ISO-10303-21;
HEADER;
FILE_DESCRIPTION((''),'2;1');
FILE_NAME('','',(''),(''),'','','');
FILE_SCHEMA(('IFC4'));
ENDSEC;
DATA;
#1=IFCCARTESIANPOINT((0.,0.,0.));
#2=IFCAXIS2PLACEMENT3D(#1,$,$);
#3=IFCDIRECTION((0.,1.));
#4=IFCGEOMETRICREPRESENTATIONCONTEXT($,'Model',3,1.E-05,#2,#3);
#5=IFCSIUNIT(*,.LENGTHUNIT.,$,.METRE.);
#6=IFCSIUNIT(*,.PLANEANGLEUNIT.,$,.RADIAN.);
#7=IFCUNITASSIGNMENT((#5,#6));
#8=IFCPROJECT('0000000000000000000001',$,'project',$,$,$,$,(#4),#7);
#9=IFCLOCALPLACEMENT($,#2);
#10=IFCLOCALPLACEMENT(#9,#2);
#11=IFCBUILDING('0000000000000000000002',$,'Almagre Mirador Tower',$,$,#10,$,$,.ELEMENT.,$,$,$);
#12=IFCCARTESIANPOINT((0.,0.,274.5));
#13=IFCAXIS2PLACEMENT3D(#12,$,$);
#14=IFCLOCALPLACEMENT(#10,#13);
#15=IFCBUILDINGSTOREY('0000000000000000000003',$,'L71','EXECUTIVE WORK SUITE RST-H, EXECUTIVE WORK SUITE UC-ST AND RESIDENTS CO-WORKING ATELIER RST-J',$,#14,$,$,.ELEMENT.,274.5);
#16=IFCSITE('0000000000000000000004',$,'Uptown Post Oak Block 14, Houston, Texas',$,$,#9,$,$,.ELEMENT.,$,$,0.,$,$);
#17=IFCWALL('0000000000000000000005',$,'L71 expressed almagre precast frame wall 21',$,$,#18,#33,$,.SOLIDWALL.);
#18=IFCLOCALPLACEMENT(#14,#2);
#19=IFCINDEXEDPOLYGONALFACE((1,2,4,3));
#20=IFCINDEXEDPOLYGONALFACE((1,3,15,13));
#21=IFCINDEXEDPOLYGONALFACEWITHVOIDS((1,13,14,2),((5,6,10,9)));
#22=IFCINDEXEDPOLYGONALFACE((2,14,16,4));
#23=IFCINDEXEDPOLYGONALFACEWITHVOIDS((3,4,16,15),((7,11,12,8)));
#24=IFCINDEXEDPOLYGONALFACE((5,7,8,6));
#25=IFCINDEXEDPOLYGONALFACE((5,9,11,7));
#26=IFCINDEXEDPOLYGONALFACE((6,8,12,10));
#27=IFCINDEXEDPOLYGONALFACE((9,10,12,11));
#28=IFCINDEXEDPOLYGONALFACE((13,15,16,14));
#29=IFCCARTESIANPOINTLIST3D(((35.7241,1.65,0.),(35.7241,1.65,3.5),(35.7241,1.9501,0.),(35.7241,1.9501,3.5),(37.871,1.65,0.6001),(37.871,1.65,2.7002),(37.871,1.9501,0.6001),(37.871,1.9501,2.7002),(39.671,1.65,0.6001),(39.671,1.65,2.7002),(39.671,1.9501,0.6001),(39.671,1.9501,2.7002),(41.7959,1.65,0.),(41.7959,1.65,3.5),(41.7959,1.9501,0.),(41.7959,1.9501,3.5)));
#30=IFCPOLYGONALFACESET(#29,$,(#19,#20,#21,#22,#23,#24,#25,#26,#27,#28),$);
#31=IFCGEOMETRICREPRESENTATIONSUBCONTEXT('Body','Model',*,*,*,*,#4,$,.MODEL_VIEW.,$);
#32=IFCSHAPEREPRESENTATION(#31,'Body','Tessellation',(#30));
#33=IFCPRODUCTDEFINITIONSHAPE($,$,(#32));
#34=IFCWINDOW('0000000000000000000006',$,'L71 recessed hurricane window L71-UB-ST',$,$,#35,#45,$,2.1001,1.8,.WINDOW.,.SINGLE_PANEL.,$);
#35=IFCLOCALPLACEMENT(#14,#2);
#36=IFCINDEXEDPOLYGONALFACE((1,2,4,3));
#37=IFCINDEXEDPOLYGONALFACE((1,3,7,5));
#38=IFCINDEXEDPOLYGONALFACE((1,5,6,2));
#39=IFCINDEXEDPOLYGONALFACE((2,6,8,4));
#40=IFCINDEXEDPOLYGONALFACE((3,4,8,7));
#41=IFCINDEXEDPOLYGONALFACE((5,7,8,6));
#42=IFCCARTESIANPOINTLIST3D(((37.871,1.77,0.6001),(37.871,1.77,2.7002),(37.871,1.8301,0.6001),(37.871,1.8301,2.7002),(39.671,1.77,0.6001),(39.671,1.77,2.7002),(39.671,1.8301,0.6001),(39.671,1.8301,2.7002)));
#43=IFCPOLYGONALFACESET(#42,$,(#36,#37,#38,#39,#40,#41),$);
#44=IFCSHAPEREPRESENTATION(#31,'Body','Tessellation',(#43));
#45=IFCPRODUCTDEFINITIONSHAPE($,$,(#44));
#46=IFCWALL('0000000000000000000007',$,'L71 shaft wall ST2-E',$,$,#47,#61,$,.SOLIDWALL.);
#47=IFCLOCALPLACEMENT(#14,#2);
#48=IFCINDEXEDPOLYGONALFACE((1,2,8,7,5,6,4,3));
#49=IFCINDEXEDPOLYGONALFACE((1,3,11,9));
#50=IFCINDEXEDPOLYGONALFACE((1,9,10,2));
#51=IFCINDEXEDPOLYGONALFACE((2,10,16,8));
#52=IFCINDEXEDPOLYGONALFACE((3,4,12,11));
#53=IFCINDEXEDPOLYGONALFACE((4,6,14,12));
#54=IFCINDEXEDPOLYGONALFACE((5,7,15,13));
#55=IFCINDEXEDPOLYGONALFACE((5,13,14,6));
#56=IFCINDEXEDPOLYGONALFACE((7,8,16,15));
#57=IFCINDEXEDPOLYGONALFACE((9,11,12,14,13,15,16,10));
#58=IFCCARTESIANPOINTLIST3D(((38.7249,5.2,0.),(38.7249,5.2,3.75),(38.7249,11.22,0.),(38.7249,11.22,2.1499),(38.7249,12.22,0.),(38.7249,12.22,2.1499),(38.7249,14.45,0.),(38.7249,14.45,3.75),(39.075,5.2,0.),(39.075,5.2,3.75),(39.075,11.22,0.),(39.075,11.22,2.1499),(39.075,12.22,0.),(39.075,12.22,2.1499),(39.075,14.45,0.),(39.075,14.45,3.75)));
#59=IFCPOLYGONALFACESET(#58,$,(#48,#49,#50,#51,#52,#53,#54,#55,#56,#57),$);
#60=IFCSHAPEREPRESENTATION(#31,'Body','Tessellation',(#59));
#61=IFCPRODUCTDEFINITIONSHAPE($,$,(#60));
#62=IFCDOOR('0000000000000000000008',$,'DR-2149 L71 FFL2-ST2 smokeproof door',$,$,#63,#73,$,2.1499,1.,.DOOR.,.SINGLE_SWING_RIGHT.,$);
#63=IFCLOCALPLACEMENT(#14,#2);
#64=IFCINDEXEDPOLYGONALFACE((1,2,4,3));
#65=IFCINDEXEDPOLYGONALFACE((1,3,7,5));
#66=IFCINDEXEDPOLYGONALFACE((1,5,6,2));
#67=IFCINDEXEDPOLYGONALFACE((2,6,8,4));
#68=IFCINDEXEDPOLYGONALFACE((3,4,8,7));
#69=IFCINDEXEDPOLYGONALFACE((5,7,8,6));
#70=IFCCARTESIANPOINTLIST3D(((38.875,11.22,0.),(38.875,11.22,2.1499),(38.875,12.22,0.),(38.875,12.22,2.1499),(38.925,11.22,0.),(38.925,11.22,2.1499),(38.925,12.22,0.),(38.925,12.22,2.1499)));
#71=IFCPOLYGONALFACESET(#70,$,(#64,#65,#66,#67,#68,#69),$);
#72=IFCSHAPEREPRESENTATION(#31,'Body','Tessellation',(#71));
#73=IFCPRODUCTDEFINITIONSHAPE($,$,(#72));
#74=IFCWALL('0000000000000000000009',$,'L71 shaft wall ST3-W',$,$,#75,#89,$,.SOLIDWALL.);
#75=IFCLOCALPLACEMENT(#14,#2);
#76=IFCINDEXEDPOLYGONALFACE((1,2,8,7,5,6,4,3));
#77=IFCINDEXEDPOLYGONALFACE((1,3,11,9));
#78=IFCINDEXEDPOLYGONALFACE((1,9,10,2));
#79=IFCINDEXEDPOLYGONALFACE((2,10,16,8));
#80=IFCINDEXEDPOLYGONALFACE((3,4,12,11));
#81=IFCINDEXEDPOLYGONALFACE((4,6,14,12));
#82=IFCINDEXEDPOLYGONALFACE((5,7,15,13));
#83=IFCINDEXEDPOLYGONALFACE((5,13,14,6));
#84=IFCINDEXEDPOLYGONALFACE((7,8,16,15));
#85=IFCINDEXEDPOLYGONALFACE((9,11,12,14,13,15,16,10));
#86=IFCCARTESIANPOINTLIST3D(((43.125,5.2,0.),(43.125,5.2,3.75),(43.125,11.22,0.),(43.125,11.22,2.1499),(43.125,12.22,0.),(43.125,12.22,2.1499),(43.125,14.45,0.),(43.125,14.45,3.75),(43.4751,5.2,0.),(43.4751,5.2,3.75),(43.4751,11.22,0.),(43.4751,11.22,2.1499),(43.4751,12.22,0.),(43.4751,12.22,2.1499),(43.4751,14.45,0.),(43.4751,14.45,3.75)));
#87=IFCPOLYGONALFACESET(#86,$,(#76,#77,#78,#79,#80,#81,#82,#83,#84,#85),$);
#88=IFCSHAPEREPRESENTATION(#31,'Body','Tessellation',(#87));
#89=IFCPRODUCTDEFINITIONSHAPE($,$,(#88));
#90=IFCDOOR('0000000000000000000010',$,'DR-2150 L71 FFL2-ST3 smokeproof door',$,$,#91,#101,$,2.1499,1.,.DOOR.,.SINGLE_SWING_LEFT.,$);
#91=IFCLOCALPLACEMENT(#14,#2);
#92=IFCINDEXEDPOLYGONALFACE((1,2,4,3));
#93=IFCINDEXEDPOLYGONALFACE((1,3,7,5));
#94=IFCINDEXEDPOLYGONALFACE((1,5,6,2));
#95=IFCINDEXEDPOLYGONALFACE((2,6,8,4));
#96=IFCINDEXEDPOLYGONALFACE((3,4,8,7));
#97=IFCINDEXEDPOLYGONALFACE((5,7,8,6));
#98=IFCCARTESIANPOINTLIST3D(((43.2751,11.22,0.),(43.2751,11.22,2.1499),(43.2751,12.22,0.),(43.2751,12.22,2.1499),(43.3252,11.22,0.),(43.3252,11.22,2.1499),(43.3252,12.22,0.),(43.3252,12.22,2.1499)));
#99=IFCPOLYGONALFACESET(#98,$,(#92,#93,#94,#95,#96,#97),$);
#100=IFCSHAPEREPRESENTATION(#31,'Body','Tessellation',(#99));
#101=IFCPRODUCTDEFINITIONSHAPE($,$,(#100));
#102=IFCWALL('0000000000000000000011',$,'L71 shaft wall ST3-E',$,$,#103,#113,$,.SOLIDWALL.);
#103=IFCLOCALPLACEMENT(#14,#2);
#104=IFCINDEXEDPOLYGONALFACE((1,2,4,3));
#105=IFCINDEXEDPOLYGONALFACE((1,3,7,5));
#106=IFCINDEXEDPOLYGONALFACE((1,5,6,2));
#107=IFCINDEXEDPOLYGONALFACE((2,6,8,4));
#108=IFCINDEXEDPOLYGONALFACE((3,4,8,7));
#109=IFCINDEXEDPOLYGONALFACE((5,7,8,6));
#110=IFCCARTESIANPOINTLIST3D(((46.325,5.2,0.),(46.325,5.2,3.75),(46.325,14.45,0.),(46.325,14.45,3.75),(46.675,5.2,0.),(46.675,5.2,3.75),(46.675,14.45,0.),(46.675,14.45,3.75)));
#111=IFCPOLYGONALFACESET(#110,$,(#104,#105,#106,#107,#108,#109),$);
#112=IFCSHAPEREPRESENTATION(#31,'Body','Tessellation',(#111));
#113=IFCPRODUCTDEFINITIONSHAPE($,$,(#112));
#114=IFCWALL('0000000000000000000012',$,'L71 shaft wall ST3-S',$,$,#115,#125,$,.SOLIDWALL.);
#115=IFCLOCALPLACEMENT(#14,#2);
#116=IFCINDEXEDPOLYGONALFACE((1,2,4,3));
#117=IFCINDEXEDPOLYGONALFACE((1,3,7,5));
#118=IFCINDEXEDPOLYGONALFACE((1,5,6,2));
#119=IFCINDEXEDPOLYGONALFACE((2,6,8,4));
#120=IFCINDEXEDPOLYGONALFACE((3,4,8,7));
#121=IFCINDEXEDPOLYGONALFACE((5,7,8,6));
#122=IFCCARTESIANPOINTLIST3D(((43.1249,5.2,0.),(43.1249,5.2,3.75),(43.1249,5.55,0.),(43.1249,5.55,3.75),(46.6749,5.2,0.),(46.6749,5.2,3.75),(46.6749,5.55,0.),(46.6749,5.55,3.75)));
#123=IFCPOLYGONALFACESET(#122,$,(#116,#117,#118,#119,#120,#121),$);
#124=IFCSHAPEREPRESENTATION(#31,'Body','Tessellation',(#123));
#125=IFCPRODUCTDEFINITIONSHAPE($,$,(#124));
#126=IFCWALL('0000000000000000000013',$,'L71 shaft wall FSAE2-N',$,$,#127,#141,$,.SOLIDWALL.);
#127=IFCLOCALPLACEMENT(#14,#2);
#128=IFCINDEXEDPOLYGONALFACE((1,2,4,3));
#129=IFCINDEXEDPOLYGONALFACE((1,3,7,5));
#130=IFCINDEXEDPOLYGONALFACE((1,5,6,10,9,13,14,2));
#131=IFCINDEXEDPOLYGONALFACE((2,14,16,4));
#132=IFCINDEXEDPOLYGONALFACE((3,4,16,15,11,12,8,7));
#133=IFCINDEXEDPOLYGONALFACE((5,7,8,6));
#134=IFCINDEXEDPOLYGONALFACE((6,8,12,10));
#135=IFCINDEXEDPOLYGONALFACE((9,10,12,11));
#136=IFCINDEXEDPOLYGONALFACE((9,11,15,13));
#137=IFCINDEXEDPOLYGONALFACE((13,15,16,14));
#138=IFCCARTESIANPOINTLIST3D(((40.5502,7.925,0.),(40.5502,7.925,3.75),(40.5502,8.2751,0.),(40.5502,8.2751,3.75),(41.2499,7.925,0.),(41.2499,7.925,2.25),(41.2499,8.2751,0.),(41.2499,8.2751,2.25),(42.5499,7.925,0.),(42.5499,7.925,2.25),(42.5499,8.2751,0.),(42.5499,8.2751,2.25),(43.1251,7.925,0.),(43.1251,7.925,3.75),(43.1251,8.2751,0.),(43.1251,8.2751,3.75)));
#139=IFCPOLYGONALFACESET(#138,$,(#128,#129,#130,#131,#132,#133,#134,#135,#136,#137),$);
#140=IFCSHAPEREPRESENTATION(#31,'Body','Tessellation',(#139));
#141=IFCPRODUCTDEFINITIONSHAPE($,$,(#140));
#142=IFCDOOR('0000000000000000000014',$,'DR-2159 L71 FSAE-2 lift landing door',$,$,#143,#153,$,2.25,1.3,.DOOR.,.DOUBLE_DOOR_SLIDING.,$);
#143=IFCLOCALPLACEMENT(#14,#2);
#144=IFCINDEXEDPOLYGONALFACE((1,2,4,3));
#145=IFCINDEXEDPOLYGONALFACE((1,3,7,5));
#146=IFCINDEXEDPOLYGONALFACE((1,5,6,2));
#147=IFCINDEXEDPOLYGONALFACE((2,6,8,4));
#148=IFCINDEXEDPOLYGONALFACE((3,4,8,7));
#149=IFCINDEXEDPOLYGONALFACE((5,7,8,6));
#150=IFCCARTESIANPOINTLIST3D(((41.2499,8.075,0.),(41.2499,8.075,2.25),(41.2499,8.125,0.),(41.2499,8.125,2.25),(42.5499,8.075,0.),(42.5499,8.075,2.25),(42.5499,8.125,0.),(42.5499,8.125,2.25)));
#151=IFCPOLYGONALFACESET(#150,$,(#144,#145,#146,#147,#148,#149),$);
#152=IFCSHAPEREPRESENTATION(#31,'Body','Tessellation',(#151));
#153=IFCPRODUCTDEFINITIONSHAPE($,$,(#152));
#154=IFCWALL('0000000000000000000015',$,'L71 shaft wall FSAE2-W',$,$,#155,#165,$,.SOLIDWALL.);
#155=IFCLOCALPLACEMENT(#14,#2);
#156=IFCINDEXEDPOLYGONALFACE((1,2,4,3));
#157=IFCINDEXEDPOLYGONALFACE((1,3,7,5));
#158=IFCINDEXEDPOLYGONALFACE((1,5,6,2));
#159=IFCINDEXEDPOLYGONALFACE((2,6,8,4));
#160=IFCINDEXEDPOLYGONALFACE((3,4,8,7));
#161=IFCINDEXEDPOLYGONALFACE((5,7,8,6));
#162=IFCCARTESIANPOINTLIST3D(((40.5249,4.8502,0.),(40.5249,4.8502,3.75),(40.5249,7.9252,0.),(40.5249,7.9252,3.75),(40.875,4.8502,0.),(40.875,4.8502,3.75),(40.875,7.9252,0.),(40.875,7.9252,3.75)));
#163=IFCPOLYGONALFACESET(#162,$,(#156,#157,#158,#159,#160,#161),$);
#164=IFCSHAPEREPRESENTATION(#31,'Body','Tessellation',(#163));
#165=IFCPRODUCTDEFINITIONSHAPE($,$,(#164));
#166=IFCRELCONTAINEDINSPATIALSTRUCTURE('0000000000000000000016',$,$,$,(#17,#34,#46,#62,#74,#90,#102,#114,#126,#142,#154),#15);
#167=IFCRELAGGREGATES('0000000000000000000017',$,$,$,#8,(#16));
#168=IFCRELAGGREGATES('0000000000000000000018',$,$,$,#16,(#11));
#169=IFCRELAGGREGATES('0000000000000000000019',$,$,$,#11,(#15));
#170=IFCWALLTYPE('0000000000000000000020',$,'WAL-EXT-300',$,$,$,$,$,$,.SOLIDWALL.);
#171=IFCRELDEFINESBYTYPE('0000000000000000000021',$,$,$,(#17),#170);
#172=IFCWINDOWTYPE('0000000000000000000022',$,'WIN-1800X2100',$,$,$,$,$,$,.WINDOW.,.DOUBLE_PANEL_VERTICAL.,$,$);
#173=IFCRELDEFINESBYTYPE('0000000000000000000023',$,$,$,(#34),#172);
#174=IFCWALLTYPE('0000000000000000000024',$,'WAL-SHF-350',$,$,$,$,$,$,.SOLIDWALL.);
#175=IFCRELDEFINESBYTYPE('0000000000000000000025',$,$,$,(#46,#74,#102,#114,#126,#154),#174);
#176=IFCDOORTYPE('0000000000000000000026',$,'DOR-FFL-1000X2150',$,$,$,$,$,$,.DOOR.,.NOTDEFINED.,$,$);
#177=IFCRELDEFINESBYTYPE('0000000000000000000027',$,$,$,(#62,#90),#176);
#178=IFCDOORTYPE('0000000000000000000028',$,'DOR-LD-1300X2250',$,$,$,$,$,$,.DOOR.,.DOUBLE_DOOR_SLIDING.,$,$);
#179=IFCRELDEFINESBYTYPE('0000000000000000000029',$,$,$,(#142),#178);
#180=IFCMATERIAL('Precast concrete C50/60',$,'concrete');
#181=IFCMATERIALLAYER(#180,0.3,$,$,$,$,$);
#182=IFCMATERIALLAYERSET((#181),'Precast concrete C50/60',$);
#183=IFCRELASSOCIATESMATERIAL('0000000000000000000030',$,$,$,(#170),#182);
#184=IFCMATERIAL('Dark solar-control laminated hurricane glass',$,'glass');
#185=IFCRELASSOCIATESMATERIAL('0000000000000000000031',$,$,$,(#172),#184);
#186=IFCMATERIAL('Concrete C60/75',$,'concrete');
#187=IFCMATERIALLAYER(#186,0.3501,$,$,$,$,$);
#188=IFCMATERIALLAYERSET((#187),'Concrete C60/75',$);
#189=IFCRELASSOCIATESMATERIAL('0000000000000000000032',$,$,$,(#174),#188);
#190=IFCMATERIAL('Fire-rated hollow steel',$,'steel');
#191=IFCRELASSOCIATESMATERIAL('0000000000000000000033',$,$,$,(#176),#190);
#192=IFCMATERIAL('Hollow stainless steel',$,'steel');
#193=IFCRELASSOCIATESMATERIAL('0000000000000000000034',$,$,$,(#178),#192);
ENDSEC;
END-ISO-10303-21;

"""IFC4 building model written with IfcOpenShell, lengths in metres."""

from ifc_helpers import new_model, si_unit, direction, frame, frame_2d, origin, place, context, subcontext, project, spatial, rectangle, extrude, material, layer, layer_set, type_object, element, fill, save


model = new_model("IFC4")

# Units and contexts
model_context = context("Model", 3, precision=1e-05, world=origin(), true_north=direction((0.0, 1.0)))
body_context = subcontext(model_context, "Body", "Model", "MODEL_VIEW")
ifc_project = project(units=[si_unit("LENGTHUNIT", "METRE"), si_unit("PLANEANGLEUNIT", "RADIAN")], contexts=[model_context])

# Site, building, storey
site_placement = place(None, origin())
site = spatial("IfcSite", under=ifc_project, at=site_placement, Name="Uptown Post Oak Block 14, Houston, Texas", CompositionType="ELEMENT", RefElevation=0.0)
building_placement = place(site_placement, origin())
building = spatial("IfcBuilding", under=site, at=building_placement, Name="Almagre Mirador Tower", CompositionType="ELEMENT")
storey_placement = place(building_placement, frame((0.0, 0.0, 274.5)))
storey = spatial("IfcBuildingStorey", under=building, at=storey_placement, Name="L71", Description="EXECUTIVE WORK SUITE RST-H, EXECUTIVE WORK SUITE UC-ST AND RESIDENTS CO-WORKING ATELIER RST-J", CompositionType="ELEMENT", Elevation=274.5)

# Wall, opening, window
ifc_material_1 = material(Name="Precast concrete C50/60", Category="concrete")
ifc_layer_1 = layer(ifc_material_1, 0.3)
ifc_layer_set_1 = layer_set([ifc_layer_1], Name="Precast concrete C50/60")
wall_type_1 = type_object("IfcWallType", Name="WAL-EXT-300", PredefinedType="SOLIDWALL", material=ifc_layer_set_1)
wall_1_placement = place(storey_placement, frame((41.7959, 1.8, 0.0), z_axis=(0.0, 0.0, 1.0), x_axis=(-1.0, 0.0, 0.0)))
wall_1 = element("IfcWall", 1, at=wall_1_placement, inside=storey, type_object=wall_type_1, Name="L71 expressed almagre precast frame wall 21", PredefinedType="SOLIDWALL", context=body_context, shape_type="SweptSolid", body=[
    extrude(rectangle(XDim=6.0718, YDim=0.3, at=frame_2d((3.0359, 0.0))), origin(), (0.0, 0.0, 1.0), 3.5),
])
opening_1_placement = place(wall_1_placement, frame((2.125, 0.0, 0.6001)))
opening_1 = element("IfcOpeningElement", 2, at=opening_1_placement, cuts=wall_1, PredefinedType="OPENING", context=body_context, shape_type="SweptSolid", body=[
    extrude(rectangle(XDim=1.8, YDim=2.1001, at=frame_2d((0.8999, 1.05))), frame((0.0, 0.1599, 0.0), z_axis=(0.0, -1.0, 0.0), x_axis=(1.0, 0.0, 0.0)), (0.0, 0.0, 1.0), 0.32),
])
ifc_material_2 = material(Name="Dark solar-control laminated hurricane glass", Category="glass")
window_type = type_object("IfcWindowType", Name="WIN-1800X2100", PartitioningType="DOUBLE_PANEL_VERTICAL", PredefinedType="WINDOW", material=ifc_material_2)
window_placement = place(opening_1_placement, origin())
window = element("IfcWindow", 3, at=window_placement, inside=storey, type_object=window_type, Name="L71 recessed hurricane window L71-UB-ST", OverallHeight=2.1001, OverallWidth=1.8, PartitioningType="SINGLE_PANEL", PredefinedType="WINDOW", context=body_context, shape_type="SweptSolid", body=[
    extrude(rectangle(XDim=1.8, YDim=2.1001, at=frame_2d((0.8999, 1.05))), frame((0.0, 0.03, 0.0), z_axis=(0.0, -1.0, 0.0), x_axis=(1.0, 0.0, 0.0)), (0.0, 0.0, 1.0), 0.0601),
])
fill(opening_1, window)

# Walls, openings, doors
ifc_material_3 = material(Name="Concrete C60/75", Category="concrete")
ifc_layer_2 = layer(ifc_material_3, 0.3501)
ifc_layer_set_2 = layer_set([ifc_layer_2], Name="Concrete C60/75")
wall_type_2 = type_object("IfcWallType", Name="WAL-SHF-350", PredefinedType="SOLIDWALL", material=ifc_layer_set_2)
wall_2_placement = place(storey_placement, frame((38.8999, 5.2, 0.0), z_axis=(0.0, 0.0, 1.0), x_axis=(0.0, 1.0, 0.0)))
wall_2 = element("IfcWall", 4, at=wall_2_placement, inside=storey, type_object=wall_type_2, Name="L71 shaft wall ST2-E", PredefinedType="SOLIDWALL", context=body_context, shape_type="SweptSolid", body=[
    extrude(rectangle(XDim=9.25, YDim=0.3501, at=frame_2d((4.625, 0.0))), origin(), (0.0, 0.0, 1.0), 3.75),
])
opening_2_placement = place(wall_2_placement, frame((6.02, 0.0, 0.0)))
opening_2 = element("IfcOpeningElement", 5, at=opening_2_placement, cuts=wall_2, PredefinedType="OPENING", context=body_context, shape_type="SweptSolid", body=[
    extrude(rectangle(XDim=1.0, YDim=2.1499, at=frame_2d((0.5, 1.075))), frame((0.0, 0.185, 0.0), z_axis=(0.0, -1.0, 0.0), x_axis=(1.0, 0.0, 0.0)), (0.0, 0.0, 1.0), 0.3701),
])
ifc_material_4 = material(Name="Fire-rated hollow steel", Category="steel")
door_type_1 = type_object("IfcDoorType", Name="DOR-FFL-1000X2150", OperationType="NOTDEFINED", PredefinedType="DOOR", material=ifc_material_4)
door_1_placement = place(opening_2_placement, origin())
door_1 = element("IfcDoor", 6, at=door_1_placement, inside=storey, type_object=door_type_1, Name="DR-2149 L71 FFL2-ST2 smokeproof door", OperationType="SINGLE_SWING_RIGHT", OverallHeight=2.1499, OverallWidth=1.0, PredefinedType="DOOR", context=body_context, shape_type="SweptSolid", body=[
    extrude(rectangle(XDim=1.0, YDim=2.1499, at=frame_2d((0.5, 1.075))), frame((0.0, 0.0249, 0.0), z_axis=(0.0, -1.0, 0.0), x_axis=(1.0, 0.0, 0.0)), (0.0, 0.0, 1.0), 0.05),
])
fill(opening_2, door_1)
wall_3_placement = place(storey_placement, frame((43.3, 5.2, 0.0), z_axis=(0.0, 0.0, 1.0), x_axis=(0.0, 1.0, 0.0)))
wall_3 = element("IfcWall", 7, at=wall_3_placement, inside=storey, type_object=wall_type_2, Name="L71 shaft wall ST3-W", PredefinedType="SOLIDWALL", context=body_context, shape_type="SweptSolid", body=[
    extrude(rectangle(XDim=9.25, YDim=0.3501, at=frame_2d((4.625, 0.0))), origin(), (0.0, 0.0, 1.0), 3.75),
])
opening_3_placement = place(wall_3_placement, frame((6.02, 0.0, 0.0)))
opening_3 = element("IfcOpeningElement", 8, at=opening_3_placement, cuts=wall_3, PredefinedType="OPENING", context=body_context, shape_type="SweptSolid", body=[
    extrude(rectangle(XDim=1.0, YDim=2.1499, at=frame_2d((0.5, 1.075))), frame((0.0, 0.185, 0.0), z_axis=(0.0, -1.0, 0.0), x_axis=(1.0, 0.0, 0.0)), (0.0, 0.0, 1.0), 0.3701),
])
door_2_placement = place(opening_3_placement, origin())
door_2 = element("IfcDoor", 9, at=door_2_placement, inside=storey, type_object=door_type_1, Name="DR-2150 L71 FFL2-ST3 smokeproof door", OperationType="SINGLE_SWING_LEFT", OverallHeight=2.1499, OverallWidth=1.0, PredefinedType="DOOR", context=body_context, shape_type="SweptSolid", body=[
    extrude(rectangle(XDim=1.0, YDim=2.1499, at=frame_2d((0.5, 1.075))), frame((0.0, 0.0249, 0.0), z_axis=(0.0, -1.0, 0.0), x_axis=(1.0, 0.0, 0.0)), (0.0, 0.0, 1.0), 0.05),
])
fill(opening_3, door_2)

# Walls
wall_4_placement = place(storey_placement, frame((46.5, 5.2, 0.0), z_axis=(0.0, 0.0, 1.0), x_axis=(0.0, 1.0, 0.0)))
element("IfcWall", 10, at=wall_4_placement, inside=storey, type_object=wall_type_2, Name="L71 shaft wall ST3-E", PredefinedType="SOLIDWALL", context=body_context, shape_type="SweptSolid", body=[
    extrude(rectangle(XDim=9.25, YDim=0.3501, at=frame_2d((4.625, 0.0))), origin(), (0.0, 0.0, 1.0), 3.75),
])
wall_5_placement = place(storey_placement, frame((43.125, 5.375, 0.0), z_axis=(0.0, 0.0, 1.0), x_axis=(1.0, 0.0, 0.0)))
element("IfcWall", 11, at=wall_5_placement, inside=storey, type_object=wall_type_2, Name="L71 shaft wall ST3-S", PredefinedType="SOLIDWALL", context=body_context, shape_type="SweptSolid", body=[
    extrude(rectangle(XDim=3.55, YDim=0.3501, at=frame_2d((1.7749, 0.0))), origin(), (0.0, 0.0, 1.0), 3.75),
])

# Wall, opening, door
wall_6_placement = place(storey_placement, frame((40.55, 8.1001, 0.0), z_axis=(0.0, 0.0, 1.0), x_axis=(1.0, 0.0, 0.0)))
wall_6 = element("IfcWall", 12, at=wall_6_placement, inside=storey, type_object=wall_type_2, Name="L71 shaft wall FSAE2-N", PredefinedType="SOLIDWALL", context=body_context, shape_type="SweptSolid", body=[
    extrude(rectangle(XDim=2.575, YDim=0.3501, at=frame_2d((1.2876, 0.0))), origin(), (0.0, 0.0, 1.0), 3.75),
])
opening_4_placement = place(wall_6_placement, frame((0.7, 0.0, 0.0)))
opening_4 = element("IfcOpeningElement", 13, at=opening_4_placement, cuts=wall_6, PredefinedType="OPENING", context=body_context, shape_type="SweptSolid", body=[
    extrude(rectangle(XDim=1.3, YDim=2.25, at=frame_2d((0.6499, 1.125))), frame((0.0, 0.185, 0.0), z_axis=(0.0, -1.0, 0.0), x_axis=(1.0, 0.0, 0.0)), (0.0, 0.0, 1.0), 0.3701),
])
ifc_material_5 = material(Name="Hollow stainless steel", Category="steel")
door_type_2 = type_object("IfcDoorType", Name="DOR-LD-1300X2250", OperationType="DOUBLE_DOOR_SLIDING", PredefinedType="DOOR", material=ifc_material_5)
door_3_placement = place(opening_4_placement, origin())
door_3 = element("IfcDoor", 14, at=door_3_placement, inside=storey, type_object=door_type_2, Name="DR-2159 L71 FSAE-2 lift landing door", OperationType="DOUBLE_DOOR_SLIDING", OverallHeight=2.25, OverallWidth=1.3, PredefinedType="DOOR", context=body_context, shape_type="SweptSolid", body=[
    extrude(rectangle(XDim=1.3, YDim=2.25, at=frame_2d((0.6499, 1.125))), frame((0.0, 0.0249, 0.0), z_axis=(0.0, -1.0, 0.0), x_axis=(1.0, 0.0, 0.0)), (0.0, 0.0, 1.0), 0.05),
])
fill(opening_4, door_3)

# Wall
wall_7_placement = place(storey_placement, frame((40.7, 4.8501, 0.0), z_axis=(0.0, 0.0, 1.0), x_axis=(0.0, 1.0, 0.0)))
element("IfcWall", 15, at=wall_7_placement, inside=storey, type_object=wall_type_2, Name="L71 shaft wall FSAE2-W", PredefinedType="SOLIDWALL", context=body_context, shape_type="SweptSolid", body=[
    extrude(rectangle(XDim=3.075, YDim=0.3501, at=frame_2d((1.5376, 0.0))), origin(), (0.0, 0.0, 1.0), 3.75),
])

save(model, "model.ifc")
